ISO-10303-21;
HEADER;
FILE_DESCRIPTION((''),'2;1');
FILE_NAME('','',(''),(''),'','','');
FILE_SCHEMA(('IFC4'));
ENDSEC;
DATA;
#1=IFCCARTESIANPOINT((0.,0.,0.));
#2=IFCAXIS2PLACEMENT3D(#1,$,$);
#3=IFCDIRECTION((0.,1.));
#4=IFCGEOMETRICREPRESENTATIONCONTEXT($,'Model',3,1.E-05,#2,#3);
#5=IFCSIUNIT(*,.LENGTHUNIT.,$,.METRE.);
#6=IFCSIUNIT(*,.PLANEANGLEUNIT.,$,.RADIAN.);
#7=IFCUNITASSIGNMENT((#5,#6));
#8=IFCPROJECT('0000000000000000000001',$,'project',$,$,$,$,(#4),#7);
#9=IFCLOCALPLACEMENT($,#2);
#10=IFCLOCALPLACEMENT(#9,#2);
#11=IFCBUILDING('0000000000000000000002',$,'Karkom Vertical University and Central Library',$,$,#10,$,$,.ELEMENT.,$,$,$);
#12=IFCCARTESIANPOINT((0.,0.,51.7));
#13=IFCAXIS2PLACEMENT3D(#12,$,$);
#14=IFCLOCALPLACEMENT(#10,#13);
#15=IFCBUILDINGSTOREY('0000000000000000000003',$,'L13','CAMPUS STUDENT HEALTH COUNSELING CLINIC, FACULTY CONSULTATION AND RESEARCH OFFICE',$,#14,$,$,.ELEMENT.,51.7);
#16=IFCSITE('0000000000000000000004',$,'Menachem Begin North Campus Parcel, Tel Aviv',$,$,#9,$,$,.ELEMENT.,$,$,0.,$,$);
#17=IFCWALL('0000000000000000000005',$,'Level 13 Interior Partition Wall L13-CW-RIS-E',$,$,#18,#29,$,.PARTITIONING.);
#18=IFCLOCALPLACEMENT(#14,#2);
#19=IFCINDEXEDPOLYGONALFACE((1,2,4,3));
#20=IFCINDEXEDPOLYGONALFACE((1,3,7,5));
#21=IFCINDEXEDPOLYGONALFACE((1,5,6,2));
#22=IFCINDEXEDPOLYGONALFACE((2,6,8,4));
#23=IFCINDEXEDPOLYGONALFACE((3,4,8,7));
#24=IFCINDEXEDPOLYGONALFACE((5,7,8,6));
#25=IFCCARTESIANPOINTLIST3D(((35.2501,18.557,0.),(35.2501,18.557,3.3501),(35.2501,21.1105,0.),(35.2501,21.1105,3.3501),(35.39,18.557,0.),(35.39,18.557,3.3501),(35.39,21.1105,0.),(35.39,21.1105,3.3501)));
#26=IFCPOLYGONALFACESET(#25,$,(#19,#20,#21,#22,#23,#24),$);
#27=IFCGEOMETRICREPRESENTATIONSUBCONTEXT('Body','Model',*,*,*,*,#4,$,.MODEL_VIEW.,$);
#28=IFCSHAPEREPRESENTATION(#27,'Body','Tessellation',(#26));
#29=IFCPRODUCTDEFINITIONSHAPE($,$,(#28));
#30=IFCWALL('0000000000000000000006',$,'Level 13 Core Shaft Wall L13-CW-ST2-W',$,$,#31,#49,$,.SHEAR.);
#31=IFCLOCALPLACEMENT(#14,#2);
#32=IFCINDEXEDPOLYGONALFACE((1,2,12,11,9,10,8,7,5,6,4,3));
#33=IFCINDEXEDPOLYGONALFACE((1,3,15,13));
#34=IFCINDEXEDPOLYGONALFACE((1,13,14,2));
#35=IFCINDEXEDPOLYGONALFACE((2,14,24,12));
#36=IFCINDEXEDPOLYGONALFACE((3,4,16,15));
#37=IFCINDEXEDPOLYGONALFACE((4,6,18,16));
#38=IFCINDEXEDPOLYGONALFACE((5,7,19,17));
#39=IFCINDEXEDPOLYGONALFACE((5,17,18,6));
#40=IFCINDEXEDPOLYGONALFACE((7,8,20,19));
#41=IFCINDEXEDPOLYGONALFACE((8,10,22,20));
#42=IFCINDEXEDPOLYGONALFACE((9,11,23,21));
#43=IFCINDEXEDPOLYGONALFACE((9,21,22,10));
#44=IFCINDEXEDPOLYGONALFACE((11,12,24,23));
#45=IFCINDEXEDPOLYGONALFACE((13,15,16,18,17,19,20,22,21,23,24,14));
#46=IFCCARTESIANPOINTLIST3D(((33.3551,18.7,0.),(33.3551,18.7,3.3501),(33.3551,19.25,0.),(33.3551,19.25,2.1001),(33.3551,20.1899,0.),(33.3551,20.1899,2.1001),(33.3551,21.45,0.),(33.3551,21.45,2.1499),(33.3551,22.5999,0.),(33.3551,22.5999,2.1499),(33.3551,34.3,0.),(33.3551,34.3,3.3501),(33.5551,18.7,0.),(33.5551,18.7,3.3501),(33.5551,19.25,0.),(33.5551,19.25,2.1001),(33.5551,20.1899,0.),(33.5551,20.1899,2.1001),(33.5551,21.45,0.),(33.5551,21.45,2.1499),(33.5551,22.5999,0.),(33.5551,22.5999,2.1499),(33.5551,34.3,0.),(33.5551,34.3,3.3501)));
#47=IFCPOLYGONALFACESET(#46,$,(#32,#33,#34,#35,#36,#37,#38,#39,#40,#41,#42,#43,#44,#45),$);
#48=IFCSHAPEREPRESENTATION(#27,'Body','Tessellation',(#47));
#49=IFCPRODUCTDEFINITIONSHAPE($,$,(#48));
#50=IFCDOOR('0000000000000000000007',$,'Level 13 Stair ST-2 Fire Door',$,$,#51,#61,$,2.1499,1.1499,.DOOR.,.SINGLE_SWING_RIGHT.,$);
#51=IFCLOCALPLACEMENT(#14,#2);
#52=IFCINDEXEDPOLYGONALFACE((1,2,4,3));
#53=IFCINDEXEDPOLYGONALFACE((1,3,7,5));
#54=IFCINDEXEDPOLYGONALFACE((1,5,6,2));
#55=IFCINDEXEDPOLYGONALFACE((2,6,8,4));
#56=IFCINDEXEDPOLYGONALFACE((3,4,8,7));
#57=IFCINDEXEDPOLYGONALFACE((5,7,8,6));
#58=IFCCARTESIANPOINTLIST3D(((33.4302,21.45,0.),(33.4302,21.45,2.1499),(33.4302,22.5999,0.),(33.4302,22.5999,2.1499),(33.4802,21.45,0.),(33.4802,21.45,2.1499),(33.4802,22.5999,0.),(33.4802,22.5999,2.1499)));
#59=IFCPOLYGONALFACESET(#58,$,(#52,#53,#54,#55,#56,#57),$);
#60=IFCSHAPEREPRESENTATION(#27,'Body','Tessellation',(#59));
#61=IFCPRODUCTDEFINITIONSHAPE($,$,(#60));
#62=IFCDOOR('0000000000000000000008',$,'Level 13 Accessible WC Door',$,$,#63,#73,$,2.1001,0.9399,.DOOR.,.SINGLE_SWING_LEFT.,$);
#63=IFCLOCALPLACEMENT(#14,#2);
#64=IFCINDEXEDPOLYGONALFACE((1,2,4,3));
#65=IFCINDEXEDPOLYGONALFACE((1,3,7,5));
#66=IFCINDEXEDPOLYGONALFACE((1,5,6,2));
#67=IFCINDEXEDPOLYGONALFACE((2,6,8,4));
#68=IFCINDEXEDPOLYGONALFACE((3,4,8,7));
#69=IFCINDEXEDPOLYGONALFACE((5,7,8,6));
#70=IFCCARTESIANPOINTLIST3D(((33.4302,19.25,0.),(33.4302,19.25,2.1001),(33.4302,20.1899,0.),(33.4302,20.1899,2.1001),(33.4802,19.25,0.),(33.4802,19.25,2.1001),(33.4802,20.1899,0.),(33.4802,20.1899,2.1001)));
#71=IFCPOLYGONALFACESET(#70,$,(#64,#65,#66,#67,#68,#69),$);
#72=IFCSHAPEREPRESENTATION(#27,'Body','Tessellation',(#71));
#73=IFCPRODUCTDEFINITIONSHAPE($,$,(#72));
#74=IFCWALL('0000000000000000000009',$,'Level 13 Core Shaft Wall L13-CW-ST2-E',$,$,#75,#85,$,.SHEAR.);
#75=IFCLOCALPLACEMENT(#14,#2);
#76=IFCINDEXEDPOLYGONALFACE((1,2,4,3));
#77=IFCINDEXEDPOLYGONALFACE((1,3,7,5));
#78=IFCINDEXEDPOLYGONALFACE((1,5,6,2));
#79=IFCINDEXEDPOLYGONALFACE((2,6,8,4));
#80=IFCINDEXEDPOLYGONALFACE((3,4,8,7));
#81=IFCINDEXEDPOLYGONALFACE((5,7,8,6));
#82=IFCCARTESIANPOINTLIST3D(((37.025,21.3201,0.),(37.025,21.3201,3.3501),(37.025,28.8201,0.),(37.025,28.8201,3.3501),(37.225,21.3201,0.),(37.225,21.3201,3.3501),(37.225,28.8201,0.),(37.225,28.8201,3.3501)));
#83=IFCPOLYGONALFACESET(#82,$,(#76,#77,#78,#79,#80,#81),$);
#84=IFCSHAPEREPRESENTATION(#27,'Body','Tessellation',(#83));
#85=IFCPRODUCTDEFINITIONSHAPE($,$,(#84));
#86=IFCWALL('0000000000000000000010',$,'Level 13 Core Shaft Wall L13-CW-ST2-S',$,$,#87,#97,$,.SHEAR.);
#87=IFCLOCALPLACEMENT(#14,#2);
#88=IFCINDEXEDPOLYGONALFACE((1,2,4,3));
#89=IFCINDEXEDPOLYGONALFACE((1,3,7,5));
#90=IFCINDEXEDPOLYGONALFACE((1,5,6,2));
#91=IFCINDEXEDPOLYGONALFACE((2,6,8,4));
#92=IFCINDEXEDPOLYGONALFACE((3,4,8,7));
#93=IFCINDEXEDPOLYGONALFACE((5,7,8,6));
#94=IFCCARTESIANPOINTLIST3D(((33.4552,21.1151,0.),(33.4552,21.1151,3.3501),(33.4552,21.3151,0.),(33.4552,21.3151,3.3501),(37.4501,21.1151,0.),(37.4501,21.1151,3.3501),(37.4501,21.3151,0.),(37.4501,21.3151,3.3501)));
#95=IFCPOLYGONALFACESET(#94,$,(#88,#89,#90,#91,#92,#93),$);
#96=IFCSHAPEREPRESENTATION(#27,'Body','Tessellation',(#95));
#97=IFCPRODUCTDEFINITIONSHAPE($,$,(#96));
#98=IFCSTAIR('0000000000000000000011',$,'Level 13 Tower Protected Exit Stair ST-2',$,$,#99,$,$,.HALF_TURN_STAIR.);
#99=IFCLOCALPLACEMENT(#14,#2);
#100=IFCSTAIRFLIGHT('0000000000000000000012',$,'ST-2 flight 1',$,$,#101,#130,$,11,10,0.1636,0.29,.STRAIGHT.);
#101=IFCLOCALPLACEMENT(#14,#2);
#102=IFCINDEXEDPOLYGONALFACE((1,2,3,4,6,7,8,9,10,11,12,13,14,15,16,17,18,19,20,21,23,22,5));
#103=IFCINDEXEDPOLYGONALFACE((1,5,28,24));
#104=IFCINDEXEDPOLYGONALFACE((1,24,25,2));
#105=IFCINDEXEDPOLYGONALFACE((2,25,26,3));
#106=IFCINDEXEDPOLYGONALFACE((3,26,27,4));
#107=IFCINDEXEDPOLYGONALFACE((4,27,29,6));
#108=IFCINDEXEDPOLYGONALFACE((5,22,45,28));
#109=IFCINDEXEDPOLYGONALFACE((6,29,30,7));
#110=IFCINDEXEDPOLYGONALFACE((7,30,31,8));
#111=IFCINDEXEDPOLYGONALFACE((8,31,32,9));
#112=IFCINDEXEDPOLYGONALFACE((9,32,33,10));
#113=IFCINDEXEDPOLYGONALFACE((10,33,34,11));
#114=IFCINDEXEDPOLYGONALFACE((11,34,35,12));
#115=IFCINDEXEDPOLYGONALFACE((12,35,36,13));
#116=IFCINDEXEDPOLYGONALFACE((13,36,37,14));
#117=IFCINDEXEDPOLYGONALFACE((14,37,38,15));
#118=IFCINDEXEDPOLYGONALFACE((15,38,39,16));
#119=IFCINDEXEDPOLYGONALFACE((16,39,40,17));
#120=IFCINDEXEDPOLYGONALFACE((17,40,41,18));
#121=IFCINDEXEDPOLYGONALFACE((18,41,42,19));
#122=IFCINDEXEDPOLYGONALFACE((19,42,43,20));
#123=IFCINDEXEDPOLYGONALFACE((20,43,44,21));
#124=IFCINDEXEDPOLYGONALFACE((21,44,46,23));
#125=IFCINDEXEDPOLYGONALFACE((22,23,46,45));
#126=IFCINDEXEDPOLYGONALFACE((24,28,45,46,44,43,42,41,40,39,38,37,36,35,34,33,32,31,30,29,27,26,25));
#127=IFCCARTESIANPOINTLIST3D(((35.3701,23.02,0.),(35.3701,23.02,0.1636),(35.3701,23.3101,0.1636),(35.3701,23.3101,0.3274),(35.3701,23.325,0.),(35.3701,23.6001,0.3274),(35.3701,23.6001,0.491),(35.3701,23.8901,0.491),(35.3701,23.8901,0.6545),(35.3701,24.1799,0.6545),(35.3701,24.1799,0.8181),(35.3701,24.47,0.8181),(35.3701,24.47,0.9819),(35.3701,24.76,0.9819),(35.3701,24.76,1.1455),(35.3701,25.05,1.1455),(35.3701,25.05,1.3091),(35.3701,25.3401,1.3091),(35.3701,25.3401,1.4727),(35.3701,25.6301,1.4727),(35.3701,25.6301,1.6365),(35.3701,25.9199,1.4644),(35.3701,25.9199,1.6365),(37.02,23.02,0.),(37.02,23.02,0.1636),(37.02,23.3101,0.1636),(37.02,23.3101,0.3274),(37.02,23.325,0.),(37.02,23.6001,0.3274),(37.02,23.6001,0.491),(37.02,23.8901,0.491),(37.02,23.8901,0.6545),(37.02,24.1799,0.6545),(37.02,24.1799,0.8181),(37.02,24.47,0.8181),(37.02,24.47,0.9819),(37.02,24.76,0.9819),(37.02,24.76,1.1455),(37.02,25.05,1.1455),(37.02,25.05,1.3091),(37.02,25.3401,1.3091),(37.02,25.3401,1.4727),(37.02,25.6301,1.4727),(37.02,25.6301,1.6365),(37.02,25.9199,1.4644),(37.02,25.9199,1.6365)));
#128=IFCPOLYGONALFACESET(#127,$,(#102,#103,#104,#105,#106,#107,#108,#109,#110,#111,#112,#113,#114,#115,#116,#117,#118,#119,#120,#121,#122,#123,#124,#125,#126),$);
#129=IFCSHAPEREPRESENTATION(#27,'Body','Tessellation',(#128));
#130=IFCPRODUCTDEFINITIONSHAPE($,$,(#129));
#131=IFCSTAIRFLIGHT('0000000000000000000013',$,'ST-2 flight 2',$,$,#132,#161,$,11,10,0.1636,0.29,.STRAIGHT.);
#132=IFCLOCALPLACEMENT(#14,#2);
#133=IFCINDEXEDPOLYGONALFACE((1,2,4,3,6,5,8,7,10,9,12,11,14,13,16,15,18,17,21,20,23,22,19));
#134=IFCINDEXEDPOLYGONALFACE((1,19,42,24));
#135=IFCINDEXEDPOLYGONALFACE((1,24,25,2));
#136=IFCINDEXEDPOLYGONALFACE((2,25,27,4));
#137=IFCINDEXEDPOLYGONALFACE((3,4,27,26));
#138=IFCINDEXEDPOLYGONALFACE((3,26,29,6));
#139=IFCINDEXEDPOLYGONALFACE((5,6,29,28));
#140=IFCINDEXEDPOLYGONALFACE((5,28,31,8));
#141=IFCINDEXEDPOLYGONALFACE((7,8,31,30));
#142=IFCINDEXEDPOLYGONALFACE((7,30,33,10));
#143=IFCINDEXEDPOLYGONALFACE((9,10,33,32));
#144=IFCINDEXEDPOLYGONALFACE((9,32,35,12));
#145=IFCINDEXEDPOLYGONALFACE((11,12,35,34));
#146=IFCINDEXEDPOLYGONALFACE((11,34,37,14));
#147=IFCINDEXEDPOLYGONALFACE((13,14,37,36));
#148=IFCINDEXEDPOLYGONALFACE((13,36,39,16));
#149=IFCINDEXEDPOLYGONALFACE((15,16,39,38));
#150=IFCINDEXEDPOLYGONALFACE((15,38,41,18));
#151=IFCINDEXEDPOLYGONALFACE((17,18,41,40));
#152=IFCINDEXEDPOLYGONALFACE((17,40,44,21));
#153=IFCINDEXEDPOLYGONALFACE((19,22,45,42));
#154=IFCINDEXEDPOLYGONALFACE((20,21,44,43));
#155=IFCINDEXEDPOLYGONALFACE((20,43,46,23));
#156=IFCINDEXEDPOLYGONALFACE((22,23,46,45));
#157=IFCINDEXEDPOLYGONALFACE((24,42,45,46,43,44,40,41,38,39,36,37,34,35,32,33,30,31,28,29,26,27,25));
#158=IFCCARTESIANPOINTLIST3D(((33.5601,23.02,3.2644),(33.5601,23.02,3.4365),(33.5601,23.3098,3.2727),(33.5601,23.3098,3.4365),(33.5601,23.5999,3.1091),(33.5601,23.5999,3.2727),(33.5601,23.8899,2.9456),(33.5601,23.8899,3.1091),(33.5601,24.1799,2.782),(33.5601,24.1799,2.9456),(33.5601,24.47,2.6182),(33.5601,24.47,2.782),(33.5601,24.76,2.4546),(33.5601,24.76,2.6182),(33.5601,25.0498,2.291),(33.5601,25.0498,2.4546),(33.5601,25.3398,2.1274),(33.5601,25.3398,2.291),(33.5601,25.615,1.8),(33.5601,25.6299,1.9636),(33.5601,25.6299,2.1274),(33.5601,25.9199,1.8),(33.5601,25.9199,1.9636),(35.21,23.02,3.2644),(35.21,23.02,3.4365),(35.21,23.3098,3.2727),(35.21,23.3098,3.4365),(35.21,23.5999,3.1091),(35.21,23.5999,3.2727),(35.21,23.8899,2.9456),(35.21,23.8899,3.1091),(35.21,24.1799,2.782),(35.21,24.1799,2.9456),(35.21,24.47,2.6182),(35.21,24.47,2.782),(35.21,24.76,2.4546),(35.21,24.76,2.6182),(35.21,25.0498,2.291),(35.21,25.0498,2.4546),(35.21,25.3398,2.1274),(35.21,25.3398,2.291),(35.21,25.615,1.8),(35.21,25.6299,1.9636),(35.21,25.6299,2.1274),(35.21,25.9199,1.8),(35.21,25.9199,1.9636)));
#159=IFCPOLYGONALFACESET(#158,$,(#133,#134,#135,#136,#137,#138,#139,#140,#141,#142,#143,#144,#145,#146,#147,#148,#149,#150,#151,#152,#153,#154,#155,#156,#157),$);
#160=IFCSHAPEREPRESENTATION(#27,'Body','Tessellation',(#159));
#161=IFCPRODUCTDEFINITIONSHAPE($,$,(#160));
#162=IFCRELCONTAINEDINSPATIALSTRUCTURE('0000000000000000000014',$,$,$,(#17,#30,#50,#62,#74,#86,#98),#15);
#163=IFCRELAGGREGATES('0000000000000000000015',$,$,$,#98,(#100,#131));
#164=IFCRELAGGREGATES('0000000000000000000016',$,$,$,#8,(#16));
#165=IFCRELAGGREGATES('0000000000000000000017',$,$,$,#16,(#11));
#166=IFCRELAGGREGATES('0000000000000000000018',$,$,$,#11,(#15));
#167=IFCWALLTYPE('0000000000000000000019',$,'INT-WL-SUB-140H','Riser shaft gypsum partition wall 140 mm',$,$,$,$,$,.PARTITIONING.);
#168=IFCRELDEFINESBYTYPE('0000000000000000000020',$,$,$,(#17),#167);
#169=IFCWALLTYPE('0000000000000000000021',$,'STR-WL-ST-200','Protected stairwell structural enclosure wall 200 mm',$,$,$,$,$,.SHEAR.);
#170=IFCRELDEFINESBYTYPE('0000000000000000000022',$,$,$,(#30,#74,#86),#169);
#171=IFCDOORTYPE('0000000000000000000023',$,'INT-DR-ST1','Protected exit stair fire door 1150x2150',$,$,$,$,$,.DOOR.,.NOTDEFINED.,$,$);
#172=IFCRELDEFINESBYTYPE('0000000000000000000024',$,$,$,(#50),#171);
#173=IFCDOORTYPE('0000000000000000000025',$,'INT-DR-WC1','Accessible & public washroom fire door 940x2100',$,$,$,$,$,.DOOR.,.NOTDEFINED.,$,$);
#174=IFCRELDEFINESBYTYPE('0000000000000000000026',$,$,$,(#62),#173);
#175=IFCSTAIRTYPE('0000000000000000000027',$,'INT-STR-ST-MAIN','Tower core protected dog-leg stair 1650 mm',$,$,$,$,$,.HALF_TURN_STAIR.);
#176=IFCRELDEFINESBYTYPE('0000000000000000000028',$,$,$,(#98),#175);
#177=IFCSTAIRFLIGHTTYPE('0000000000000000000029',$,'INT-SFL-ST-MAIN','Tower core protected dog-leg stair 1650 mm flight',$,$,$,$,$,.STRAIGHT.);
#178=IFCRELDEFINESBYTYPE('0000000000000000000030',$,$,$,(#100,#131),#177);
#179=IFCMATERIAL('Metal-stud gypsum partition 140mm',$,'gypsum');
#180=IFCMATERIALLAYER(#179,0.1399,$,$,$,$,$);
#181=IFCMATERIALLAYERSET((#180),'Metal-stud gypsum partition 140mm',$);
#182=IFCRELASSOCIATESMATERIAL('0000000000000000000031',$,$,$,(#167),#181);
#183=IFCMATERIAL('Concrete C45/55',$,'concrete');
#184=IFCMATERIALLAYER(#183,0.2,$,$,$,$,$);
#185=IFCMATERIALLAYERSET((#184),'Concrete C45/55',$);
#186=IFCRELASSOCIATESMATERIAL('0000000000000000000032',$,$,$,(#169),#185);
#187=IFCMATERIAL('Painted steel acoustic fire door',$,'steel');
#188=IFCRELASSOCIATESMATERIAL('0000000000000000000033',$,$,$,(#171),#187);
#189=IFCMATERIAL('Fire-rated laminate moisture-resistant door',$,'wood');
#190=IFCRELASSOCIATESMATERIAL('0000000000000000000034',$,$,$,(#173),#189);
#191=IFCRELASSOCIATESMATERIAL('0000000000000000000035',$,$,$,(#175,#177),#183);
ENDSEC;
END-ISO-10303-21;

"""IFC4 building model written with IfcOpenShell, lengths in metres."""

from ifc_helpers import new_model, si_unit, direction, frame, frame_2d, origin, origin_with_axes, place, context, subcontext, project, spatial, polyline, rectangle, outline, extrude, source, transform, mapped, material, layer, layer_set, type_object, element, fill, aggregate, save


model = new_model("IFC4")

# Units and contexts
model_context = context("Model", 3, precision=1e-05, world=origin(), true_north=direction((0.0, 1.0)))
body_context = subcontext(model_context, "Body", "Model", "MODEL_VIEW")
ifc_project = project(units=[si_unit("LENGTHUNIT", "METRE"), si_unit("PLANEANGLEUNIT", "RADIAN")], contexts=[model_context])

# Site, building, storey
site_placement = place(None, origin())
site = spatial("IfcSite", under=ifc_project, at=site_placement, Name="Menachem Begin North Campus Parcel, Tel Aviv", CompositionType="ELEMENT", RefElevation=0.0)
building_placement = place(site_placement, origin())
building = spatial("IfcBuilding", under=site, at=building_placement, Name="Karkom Vertical University and Central Library", CompositionType="ELEMENT")
storey_placement = place(building_placement, frame((0.0, 0.0, 51.7)))
storey = spatial("IfcBuildingStorey", under=building, at=storey_placement, Name="L13", Description="CAMPUS STUDENT HEALTH COUNSELING CLINIC, FACULTY CONSULTATION AND RESEARCH OFFICE", CompositionType="ELEMENT", Elevation=51.7)

# Shared definitions
ifc_material_1 = material(Name="Metal-stud gypsum partition 140mm", Category="gypsum")

# Wall
ifc_layer_1 = layer(ifc_material_1, 0.1399)
ifc_layer_set_1 = layer_set([ifc_layer_1], Name="Metal-stud gypsum partition 140mm")
wall_type_1 = type_object("IfcWallType", Name="INT-WL-SUB-140H", Description="Riser shaft gypsum partition wall 140 mm", PredefinedType="PARTITIONING", material=ifc_layer_set_1)
wall_1_placement = place(storey_placement, frame((35.3201, 18.5569, 0.0), z_axis=(0.0, 0.0, 1.0), x_axis=(0.0, 1.0, 0.0)))
element("IfcWall", 1, at=wall_1_placement, inside=storey, type_object=wall_type_1, Name="Level 13 Interior Partition Wall L13-CW-RIS-E", PredefinedType="PARTITIONING", context=body_context, shape_type="SweptSolid", body=[
    extrude(rectangle(XDim=2.5535, YDim=0.1399, at=frame_2d((1.2769, 0.0))), origin(), (0.0, 0.0, 1.0), 3.3501),
])

# Wall, openings, doors
ifc_material_2 = material(Name="Concrete C45/55", Category="concrete")
ifc_layer_2 = layer(ifc_material_2, 0.2)
ifc_layer_set_2 = layer_set([ifc_layer_2], Name="Concrete C45/55")
wall_type_2 = type_object("IfcWallType", Name="STR-WL-ST-200", Description="Protected stairwell structural enclosure wall 200 mm", PredefinedType="SHEAR", material=ifc_layer_set_2)
wall_2_placement = place(storey_placement, frame((33.4551, 18.7, 0.0), z_axis=(0.0, 0.0, 1.0), x_axis=(0.0, 1.0, 0.0)))
wall_2 = element("IfcWall", 2, at=wall_2_placement, inside=storey, type_object=wall_type_2, Name="Level 13 Core Shaft Wall L13-CW-ST2-W", PredefinedType="SHEAR", context=body_context, shape_type="SweptSolid", body=[
    extrude(rectangle(XDim=15.6001, YDim=0.2, at=frame_2d((7.8, 0.0))), origin(), (0.0, 0.0, 1.0), 3.3501),
])
opening_1_placement = place(wall_2_placement, frame((2.75, 0.0, 0.0)))
opening_1 = element("IfcOpeningElement", 3, at=opening_1_placement, cuts=wall_2, PredefinedType="OPENING", context=body_context, shape_type="SweptSolid", body=[
    extrude(rectangle(XDim=1.1499, YDim=2.1499, at=frame_2d((0.575, 1.075))), frame((0.0, 0.1099, 0.0), z_axis=(0.0, -1.0, 0.0), x_axis=(1.0, 0.0, 0.0)), (0.0, 0.0, 1.0), 0.22),
])
opening_2_placement = place(wall_2_placement, frame((0.55, 0.0, 0.0)))
opening_2 = element("IfcOpeningElement", 4, at=opening_2_placement, cuts=wall_2, PredefinedType="OPENING", context=body_context, shape_type="SweptSolid", body=[
    extrude(rectangle(XDim=0.9399, YDim=2.1001, at=frame_2d((0.47, 1.05))), frame((0.0, 0.1099, 0.0), z_axis=(0.0, -1.0, 0.0), x_axis=(1.0, 0.0, 0.0)), (0.0, 0.0, 1.0), 0.22),
])
ifc_material_3 = material(Name="Painted steel acoustic fire door", Category="steel")
door_type_1 = type_object("IfcDoorType", Name="INT-DR-ST1", Description="Protected exit stair fire door 1150x2150", OperationType="NOTDEFINED", PredefinedType="DOOR", material=ifc_material_3)
shared_shape_1 = source(origin_with_axes(), body_context, "Body", "SweptSolid", [
    extrude(rectangle(XDim=1.1499, YDim=2.1499, at=frame_2d((0.575, 1.075))), frame((0.0, 0.0249, 0.0), z_axis=(0.0, -1.0, 0.0), x_axis=(1.0, 0.0, 0.0)), (0.0, 0.0, 1.0), 0.05),
])
door_1_placement = place(opening_1_placement, origin())
door_1 = element("IfcDoor", 5, at=door_1_placement, inside=storey, type_object=door_type_1, Name="Level 13 Stair ST-2 Fire Door", OperationType="SINGLE_SWING_RIGHT", OverallHeight=2.1499, OverallWidth=1.1499, PredefinedType="DOOR", context=body_context, shape_type="MappedRepresentation", body=[
    mapped(shared_shape_1, transform((0.0, 0.0, 0.0), scale=1.0)),
])
fill(opening_1, door_1)
ifc_material_4 = material(Name="Fire-rated laminate moisture-resistant door", Category="wood")
door_type_2 = type_object("IfcDoorType", Name="INT-DR-WC1", Description="Accessible & public washroom fire door 940x2100", OperationType="NOTDEFINED", PredefinedType="DOOR", material=ifc_material_4)
shared_shape_2 = source(origin_with_axes(), body_context, "Body", "SweptSolid", [
    extrude(rectangle(XDim=0.9399, YDim=2.1001, at=frame_2d((0.47, 1.05))), frame((0.0, 0.0249, 0.0), z_axis=(0.0, -1.0, 0.0), x_axis=(1.0, 0.0, 0.0)), (0.0, 0.0, 1.0), 0.05),
])
door_2_placement = place(opening_2_placement, origin())
door_2 = element("IfcDoor", 6, at=door_2_placement, inside=storey, type_object=door_type_2, Name="Level 13 Accessible WC Door", OperationType="SINGLE_SWING_LEFT", OverallHeight=2.1001, OverallWidth=0.9399, PredefinedType="DOOR", context=body_context, shape_type="MappedRepresentation", body=[
    mapped(shared_shape_2, transform((0.0, 0.0, 0.0), scale=1.0)),
])
fill(opening_2, door_2)

# Walls
wall_3_placement = place(storey_placement, frame((37.125, 21.3201, 0.0), z_axis=(0.0, 0.0, 1.0), x_axis=(0.0, 1.0, 0.0)))
element("IfcWall", 7, at=wall_3_placement, inside=storey, type_object=wall_type_2, Name="Level 13 Core Shaft Wall L13-CW-ST2-E", PredefinedType="SHEAR", context=body_context, shape_type="SweptSolid", body=[
    extrude(rectangle(XDim=7.5, YDim=0.2, at=frame_2d((3.75, 0.0))), origin(), (0.0, 0.0, 1.0), 3.3501),
])
wall_4_placement = place(storey_placement, frame((33.4551, 21.2151, 0.0), z_axis=(0.0, 0.0, 1.0), x_axis=(1.0, 0.0, 0.0)))
element("IfcWall", 8, at=wall_4_placement, inside=storey, type_object=wall_type_2, Name="Level 13 Core Shaft Wall L13-CW-ST2-S", PredefinedType="SHEAR", context=body_context, shape_type="SweptSolid", body=[
    extrude(rectangle(XDim=3.9949, YDim=0.2, at=frame_2d((1.9976, 0.0))), origin(), (0.0, 0.0, 1.0), 3.3501),
])

# Stair, stair flights
stair_type = type_object("IfcStairType", Name="INT-STR-ST-MAIN", Description="Tower core protected dog-leg stair 1650 mm", PredefinedType="HALF_TURN_STAIR", material=ifc_material_2)
stair_placement = place(storey_placement, origin())
stair = element("IfcStair", 9, at=stair_placement, inside=storey, type_object=stair_type, Name="Level 13 Tower Protected Exit Stair ST-2", PredefinedType="HALF_TURN_STAIR")
stair_flight_type = type_object("IfcStairFlightType", Name="INT-SFL-ST-MAIN", Description="Tower core protected dog-leg stair 1650 mm flight", PredefinedType="STRAIGHT", material=ifc_material_2)
stair_flight_1_placement = place(storey_placement, frame((36.1951, 23.02, 0.0), z_axis=(0.0, 0.0, 1.0), x_axis=(0.0, 1.0, 0.0)))
stair_flight_1 = element("IfcStairFlight", 10, at=stair_flight_1_placement, type_object=stair_flight_type, Name="ST-2 flight 1", NumberOfRisers=11, NumberOfTreads=10, PredefinedType="STRAIGHT", RiserHeight=0.1636, TreadLength=0.29, context=body_context, shape_type="SweptSolid", body=[
    extrude(outline(polyline([(0.0, 0.0), (0.0, 0.1636), (0.29, 0.1636), (0.29, 0.3274), (0.5801, 0.3274), (0.5801, 0.491), (0.8701, 0.491), (0.8701, 0.6545), (1.1599, 0.6545), (1.1599, 0.8181), (1.45, 0.8181), (1.45, 0.9819), (1.74, 0.9819), (1.74, 1.1455), (2.03, 1.1455), (2.03, 1.3091), (2.3201, 1.3091), (2.3201, 1.4727), (2.6101, 1.4727), (2.6101, 1.6365), (2.8999, 1.6365), (2.8999, 1.8), (2.8999, 1.4644), (0.3049, 0.0), (0.0, 0.0)])), frame((0.0, 0.825, 0.0), z_axis=(0.0, -1.0, 0.0), x_axis=(1.0, 0.0, 0.0)), (0.0, 0.0, 1.0), 1.6499),
])
stair_flight_2_placement = place(storey_placement, frame((34.385, 25.9199, 1.8), z_axis=(0.0, 0.0, 1.0), x_axis=(0.0, -1.0, 0.0)))
stair_flight_2 = element("IfcStairFlight", 11, at=stair_flight_2_placement, type_object=stair_flight_type, Name="ST-2 flight 2", NumberOfRisers=11, NumberOfTreads=10, PredefinedType="STRAIGHT", RiserHeight=0.1636, TreadLength=0.29, context=body_context, shape_type="SweptSolid", body=[
    extrude(outline(polyline([(0.0, 0.0), (0.0, 0.1636), (0.29, 0.1636), (0.29, 0.3274), (0.5801, 0.3274), (0.5801, 0.491), (0.8701, 0.491), (0.8701, 0.6545), (1.1599, 0.6545), (1.1599, 0.8181), (1.45, 0.8181), (1.45, 0.9819), (1.74, 0.9819), (1.74, 1.1455), (2.03, 1.1455), (2.03, 1.3091), (2.3201, 1.3091), (2.3201, 1.4727), (2.6101, 1.4727), (2.6101, 1.6365), (2.8999, 1.6365), (2.8999, 1.8), (2.8999, 1.4644), (0.3049, 0.0), (0.0, 0.0)])), frame((0.0, 0.825, 0.0), z_axis=(0.0, -1.0, 0.0), x_axis=(1.0, 0.0, 0.0)), (0.0, 0.0, 1.0), 1.6499),
])
aggregate(stair, [stair_flight_1, stair_flight_2])

save(model, "model.ifc")
